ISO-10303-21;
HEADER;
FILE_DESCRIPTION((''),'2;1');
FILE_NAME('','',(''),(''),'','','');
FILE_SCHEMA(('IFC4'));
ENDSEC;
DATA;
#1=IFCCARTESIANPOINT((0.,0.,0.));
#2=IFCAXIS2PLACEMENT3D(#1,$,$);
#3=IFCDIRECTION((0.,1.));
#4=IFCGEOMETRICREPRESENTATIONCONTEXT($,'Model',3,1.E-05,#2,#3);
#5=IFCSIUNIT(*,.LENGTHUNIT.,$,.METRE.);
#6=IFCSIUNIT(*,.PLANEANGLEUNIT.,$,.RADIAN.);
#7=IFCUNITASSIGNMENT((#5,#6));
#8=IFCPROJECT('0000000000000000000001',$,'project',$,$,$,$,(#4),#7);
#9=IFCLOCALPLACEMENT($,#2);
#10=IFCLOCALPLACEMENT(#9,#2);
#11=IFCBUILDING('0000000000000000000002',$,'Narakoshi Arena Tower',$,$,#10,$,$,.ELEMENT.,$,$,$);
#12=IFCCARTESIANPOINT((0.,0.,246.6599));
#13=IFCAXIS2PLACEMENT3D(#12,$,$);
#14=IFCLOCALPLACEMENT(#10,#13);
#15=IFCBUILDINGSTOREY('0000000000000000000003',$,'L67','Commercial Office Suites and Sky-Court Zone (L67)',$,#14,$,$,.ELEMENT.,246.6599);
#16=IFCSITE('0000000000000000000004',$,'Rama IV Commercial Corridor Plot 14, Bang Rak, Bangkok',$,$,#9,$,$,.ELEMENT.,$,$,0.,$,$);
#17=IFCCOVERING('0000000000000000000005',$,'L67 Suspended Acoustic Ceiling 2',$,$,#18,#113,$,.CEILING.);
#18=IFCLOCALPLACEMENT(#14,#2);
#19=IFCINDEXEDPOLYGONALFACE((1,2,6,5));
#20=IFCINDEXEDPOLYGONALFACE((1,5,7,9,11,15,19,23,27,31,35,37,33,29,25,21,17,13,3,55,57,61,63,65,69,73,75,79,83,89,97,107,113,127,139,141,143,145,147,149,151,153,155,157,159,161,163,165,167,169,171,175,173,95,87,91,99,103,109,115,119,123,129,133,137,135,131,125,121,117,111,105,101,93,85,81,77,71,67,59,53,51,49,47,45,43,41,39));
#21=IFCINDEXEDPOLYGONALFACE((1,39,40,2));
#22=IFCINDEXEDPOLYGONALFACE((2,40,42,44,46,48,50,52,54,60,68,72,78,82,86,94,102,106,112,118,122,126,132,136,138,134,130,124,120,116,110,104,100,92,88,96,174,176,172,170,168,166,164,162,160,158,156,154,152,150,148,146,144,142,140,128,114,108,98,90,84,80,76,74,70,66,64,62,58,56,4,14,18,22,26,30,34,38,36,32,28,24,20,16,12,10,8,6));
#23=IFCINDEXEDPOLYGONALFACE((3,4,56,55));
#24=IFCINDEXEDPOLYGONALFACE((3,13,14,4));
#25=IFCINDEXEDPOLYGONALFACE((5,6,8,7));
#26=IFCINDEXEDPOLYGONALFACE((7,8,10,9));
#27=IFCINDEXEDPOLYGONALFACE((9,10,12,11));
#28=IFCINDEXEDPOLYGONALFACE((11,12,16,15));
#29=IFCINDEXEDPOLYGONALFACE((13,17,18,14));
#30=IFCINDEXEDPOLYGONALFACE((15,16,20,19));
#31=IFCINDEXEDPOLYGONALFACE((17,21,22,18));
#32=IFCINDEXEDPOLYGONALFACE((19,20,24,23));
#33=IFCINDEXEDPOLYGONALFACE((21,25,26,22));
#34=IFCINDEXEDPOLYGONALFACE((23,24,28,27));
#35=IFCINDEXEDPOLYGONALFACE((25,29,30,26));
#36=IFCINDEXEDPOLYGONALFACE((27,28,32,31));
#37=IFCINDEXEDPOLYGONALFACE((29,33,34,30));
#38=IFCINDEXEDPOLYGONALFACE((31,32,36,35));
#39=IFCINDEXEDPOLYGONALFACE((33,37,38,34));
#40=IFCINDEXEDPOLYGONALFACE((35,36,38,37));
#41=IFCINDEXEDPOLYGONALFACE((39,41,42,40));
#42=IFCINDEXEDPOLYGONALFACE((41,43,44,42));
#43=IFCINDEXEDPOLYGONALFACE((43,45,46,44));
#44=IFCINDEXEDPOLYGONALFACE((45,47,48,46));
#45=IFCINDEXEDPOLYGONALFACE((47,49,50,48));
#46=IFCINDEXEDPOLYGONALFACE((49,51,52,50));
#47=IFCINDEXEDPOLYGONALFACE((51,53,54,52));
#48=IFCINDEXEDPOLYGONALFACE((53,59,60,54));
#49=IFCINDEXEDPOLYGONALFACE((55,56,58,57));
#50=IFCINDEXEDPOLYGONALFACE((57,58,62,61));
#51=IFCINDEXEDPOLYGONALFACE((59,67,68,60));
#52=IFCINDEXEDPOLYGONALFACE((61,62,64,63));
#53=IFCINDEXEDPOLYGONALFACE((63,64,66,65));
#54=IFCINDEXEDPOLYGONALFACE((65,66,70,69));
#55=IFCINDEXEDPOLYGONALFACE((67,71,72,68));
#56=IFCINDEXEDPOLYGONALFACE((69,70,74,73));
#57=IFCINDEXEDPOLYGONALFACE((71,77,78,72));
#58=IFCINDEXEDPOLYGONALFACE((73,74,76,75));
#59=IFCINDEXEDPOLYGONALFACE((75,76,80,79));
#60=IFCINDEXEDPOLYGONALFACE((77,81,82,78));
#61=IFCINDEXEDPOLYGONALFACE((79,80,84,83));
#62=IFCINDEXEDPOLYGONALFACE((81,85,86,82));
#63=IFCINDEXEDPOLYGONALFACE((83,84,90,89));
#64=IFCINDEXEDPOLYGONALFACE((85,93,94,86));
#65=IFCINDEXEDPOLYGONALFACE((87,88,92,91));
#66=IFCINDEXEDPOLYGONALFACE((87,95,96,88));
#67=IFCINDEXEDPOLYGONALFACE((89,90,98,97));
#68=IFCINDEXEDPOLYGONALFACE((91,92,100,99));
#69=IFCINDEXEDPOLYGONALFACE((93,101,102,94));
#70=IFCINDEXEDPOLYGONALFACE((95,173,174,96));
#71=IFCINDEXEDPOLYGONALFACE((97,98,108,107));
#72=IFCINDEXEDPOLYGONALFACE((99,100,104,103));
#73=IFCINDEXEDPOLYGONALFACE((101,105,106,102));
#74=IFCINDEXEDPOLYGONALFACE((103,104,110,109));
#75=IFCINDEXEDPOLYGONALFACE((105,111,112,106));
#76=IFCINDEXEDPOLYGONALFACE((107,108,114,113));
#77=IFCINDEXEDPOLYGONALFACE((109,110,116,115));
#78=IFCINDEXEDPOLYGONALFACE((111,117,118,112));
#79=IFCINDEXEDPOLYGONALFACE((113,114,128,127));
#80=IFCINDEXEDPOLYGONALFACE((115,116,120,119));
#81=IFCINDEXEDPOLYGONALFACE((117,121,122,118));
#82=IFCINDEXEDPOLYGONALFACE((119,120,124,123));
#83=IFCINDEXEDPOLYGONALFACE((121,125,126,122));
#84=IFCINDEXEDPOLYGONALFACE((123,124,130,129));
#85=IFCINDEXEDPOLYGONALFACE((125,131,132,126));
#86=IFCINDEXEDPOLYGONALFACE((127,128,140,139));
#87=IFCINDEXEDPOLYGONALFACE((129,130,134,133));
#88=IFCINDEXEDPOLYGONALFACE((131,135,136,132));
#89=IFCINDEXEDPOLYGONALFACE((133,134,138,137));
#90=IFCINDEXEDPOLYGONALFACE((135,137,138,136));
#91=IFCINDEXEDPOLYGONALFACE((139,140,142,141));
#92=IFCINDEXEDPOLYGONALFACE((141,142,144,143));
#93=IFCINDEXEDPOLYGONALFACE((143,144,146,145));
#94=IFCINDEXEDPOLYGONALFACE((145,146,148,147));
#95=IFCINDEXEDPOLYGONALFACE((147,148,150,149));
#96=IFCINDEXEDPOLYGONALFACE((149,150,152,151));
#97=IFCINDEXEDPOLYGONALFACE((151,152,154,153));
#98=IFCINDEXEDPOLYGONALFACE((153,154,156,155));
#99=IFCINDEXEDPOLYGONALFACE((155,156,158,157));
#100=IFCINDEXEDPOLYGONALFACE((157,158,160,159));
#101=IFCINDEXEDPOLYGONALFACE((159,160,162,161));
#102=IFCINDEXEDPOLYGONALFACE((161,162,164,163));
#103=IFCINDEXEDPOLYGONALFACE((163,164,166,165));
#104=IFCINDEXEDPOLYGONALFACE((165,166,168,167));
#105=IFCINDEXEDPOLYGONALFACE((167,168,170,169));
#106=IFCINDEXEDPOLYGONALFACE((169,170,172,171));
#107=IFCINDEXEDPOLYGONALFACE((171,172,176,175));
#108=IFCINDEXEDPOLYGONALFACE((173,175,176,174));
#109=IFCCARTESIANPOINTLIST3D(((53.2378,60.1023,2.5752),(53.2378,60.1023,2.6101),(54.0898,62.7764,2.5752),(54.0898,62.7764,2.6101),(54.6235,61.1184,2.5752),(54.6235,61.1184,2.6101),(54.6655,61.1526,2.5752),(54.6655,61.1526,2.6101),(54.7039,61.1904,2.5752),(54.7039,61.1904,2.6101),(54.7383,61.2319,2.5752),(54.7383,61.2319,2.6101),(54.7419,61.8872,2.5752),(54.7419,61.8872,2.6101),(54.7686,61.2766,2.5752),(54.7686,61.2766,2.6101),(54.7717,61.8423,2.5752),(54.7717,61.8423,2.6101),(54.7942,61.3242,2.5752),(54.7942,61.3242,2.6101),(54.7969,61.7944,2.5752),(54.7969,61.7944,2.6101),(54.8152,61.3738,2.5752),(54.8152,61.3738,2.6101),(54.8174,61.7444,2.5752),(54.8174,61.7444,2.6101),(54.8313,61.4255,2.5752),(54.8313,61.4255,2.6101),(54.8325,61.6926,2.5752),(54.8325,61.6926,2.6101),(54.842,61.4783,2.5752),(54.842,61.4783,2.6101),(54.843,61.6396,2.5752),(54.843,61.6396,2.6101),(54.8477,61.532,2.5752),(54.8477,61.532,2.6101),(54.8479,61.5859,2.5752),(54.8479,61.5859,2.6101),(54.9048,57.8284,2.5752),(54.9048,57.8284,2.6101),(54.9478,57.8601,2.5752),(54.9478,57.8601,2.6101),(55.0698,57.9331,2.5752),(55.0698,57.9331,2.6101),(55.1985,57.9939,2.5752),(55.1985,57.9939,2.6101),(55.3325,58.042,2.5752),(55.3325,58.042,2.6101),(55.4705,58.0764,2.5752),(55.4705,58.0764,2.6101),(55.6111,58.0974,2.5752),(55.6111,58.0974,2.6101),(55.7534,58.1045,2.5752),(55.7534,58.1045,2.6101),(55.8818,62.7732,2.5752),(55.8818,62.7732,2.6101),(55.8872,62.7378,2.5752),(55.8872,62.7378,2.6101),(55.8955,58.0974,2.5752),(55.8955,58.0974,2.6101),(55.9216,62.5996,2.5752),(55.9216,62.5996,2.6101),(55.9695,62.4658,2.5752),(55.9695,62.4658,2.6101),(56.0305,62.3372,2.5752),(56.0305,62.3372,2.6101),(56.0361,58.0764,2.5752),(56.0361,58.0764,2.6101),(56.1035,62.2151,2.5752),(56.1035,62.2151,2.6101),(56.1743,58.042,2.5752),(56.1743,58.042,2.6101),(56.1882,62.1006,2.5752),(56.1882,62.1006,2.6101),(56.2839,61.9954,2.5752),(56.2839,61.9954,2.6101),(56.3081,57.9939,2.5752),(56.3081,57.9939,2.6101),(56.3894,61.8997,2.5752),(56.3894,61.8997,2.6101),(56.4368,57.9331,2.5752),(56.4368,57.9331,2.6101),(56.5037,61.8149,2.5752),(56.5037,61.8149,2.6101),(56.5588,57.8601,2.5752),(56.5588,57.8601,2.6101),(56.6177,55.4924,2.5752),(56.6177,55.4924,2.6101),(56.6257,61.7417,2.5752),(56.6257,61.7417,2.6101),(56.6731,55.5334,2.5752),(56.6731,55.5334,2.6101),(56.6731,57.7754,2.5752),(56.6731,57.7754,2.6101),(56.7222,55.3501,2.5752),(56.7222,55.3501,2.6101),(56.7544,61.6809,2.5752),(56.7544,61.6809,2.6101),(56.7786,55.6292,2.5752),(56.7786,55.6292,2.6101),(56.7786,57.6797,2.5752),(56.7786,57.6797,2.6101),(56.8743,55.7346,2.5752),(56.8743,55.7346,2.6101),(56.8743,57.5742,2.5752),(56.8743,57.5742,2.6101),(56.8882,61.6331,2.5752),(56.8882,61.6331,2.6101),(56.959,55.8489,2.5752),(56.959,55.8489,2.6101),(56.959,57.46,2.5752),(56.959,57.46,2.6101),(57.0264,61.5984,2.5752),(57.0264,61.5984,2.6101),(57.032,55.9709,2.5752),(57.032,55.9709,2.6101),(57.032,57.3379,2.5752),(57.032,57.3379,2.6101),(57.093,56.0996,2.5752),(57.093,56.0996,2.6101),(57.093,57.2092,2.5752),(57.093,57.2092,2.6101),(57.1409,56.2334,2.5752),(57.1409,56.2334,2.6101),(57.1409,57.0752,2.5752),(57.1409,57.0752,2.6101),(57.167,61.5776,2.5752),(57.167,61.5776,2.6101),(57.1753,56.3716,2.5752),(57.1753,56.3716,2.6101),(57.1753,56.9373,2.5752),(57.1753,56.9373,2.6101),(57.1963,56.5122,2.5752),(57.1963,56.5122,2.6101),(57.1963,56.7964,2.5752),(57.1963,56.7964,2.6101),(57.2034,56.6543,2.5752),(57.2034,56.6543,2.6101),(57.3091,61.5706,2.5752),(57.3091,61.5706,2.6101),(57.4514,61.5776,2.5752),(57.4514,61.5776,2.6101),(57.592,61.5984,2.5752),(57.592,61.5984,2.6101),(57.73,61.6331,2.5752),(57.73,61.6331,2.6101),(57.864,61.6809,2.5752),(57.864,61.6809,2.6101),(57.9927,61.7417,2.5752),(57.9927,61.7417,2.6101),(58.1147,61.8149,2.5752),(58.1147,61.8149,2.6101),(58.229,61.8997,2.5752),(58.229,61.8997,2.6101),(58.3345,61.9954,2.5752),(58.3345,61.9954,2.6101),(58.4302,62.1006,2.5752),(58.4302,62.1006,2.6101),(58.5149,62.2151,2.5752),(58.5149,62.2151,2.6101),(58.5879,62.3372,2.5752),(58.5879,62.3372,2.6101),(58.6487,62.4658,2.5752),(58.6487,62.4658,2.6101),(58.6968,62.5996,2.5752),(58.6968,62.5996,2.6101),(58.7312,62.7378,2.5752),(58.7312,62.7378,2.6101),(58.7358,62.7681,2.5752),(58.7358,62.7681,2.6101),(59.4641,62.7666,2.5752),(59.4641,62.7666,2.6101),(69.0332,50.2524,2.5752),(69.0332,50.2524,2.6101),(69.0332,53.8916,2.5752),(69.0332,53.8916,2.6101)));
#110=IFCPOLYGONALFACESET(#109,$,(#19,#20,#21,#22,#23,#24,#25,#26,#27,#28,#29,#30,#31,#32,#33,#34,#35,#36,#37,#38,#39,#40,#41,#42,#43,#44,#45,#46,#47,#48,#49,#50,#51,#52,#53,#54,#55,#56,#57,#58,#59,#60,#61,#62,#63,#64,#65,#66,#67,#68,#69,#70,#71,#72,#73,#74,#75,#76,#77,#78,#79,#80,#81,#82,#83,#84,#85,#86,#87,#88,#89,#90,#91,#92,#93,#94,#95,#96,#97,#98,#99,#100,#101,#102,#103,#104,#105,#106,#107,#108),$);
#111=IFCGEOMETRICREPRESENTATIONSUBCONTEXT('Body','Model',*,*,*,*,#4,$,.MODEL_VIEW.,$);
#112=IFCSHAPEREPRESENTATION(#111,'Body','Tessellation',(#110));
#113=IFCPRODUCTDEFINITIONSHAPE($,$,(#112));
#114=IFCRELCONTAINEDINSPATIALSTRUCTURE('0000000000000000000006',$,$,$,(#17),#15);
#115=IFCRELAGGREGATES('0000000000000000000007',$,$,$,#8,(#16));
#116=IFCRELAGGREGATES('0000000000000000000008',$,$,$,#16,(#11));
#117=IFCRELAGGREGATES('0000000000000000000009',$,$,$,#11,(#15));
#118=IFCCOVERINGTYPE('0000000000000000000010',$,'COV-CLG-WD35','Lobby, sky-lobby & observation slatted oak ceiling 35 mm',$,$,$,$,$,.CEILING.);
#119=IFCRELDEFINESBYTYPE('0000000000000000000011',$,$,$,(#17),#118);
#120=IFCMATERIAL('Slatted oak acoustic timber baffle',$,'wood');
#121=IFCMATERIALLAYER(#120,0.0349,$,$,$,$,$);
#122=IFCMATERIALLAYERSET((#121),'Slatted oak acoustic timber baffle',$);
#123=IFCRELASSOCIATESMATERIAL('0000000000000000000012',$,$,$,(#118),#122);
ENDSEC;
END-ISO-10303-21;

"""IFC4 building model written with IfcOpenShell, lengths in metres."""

from ifc_helpers import new_model, si_unit, direction, frame, origin, place, context, subcontext, project, spatial, polyline, outline, extrude, material, layer, layer_set, type_object, element, save


model = new_model("IFC4")

# Units and contexts
model_context = context("Model", 3, precision=1e-05, world=origin(), true_north=direction((0.0, 1.0)))
body_context = subcontext(model_context, "Body", "Model", "MODEL_VIEW")
ifc_project = project(units=[si_unit("LENGTHUNIT", "METRE"), si_unit("PLANEANGLEUNIT", "RADIAN")], contexts=[model_context])

# Site, building, storey
site_placement = place(None, origin())
site = spatial("IfcSite", under=ifc_project, at=site_placement, Name="Rama IV Commercial Corridor Plot 14, Bang Rak, Bangkok", CompositionType="ELEMENT", RefElevation=0.0)
building_placement = place(site_placement, origin())
building = spatial("IfcBuilding", under=site, at=building_placement, Name="Narakoshi Arena Tower", CompositionType="ELEMENT")
storey_placement = place(building_placement, frame((0.0, 0.0, 246.6599)))
storey = spatial("IfcBuildingStorey", under=building, at=storey_placement, Name="L67", Description="Commercial Office Suites and Sky-Court Zone (L67)", CompositionType="ELEMENT", Elevation=246.6599)

# Covering
ifc_material_1 = material(Name="Slatted oak acoustic timber baffle", Category="wood")
ifc_layer_1 = layer(ifc_material_1, 0.0349)
ifc_layer_set_1 = layer_set([ifc_layer_1], Name="Slatted oak acoustic timber baffle")
covering_type_1 = type_object("IfcCoveringType", Name="COV-CLG-WD35", Description="Lobby, sky-lobby & observation slatted oak ceiling 35 mm", PredefinedType="CEILING", material=ifc_layer_set_1)
covering_1_placement = place(storey_placement, frame((0.0, 0.0, 2.5752)))
element("IfcCovering", 1, at=covering_1_placement, inside=storey, type_object=covering_type_1, Name="L67 Suspended Acoustic Ceiling 2", PredefinedType="CEILING", context=body_context, shape_type="SweptSolid", body=[
    extrude(outline(polyline([(69.0332, 53.8916), (69.0332, 50.2524), (56.7222, 55.3501), (56.6177, 55.4924), (56.6731, 55.5334), (56.7786, 55.6292), (56.8743, 55.7346), (56.959, 55.8489), (57.032, 55.9709), (57.093, 56.0996), (57.1409, 56.2334), (57.1753, 56.3716), (57.1963, 56.5122), (57.2034, 56.6543), (57.1963, 56.7964), (57.1753, 56.9373), (57.1409, 57.0752), (57.093, 57.2092), (57.032, 57.3379), (56.959, 57.46), (56.8743, 57.5742), (56.7786, 57.6797), (56.6731, 57.7754), (56.5588, 57.8601), (56.4368, 57.9331), (56.3081, 57.9939), (56.1743, 58.042), (56.0361, 58.0764), (55.8955, 58.0974), (55.7534, 58.1045), (55.6111, 58.0974), (55.4705, 58.0764), (55.3325, 58.042), (55.1985, 57.9939), (55.0698, 57.9331), (54.9478, 57.8601), (54.9048, 57.8284), (53.2378, 60.1023), (54.6235, 61.1184), (54.6655, 61.1526), (54.7039, 61.1904), (54.7383, 61.2319), (54.7686, 61.2766), (54.7942, 61.3242), (54.8152, 61.3738), (54.8313, 61.4255), (54.842, 61.4783), (54.8477, 61.532), (54.8479, 61.5859), (54.843, 61.6396), (54.8325, 61.6926), (54.8174, 61.7444), (54.7969, 61.7944), (54.7717, 61.8423), (54.7419, 61.8872), (54.0898, 62.7764), (55.8818, 62.7732), (55.8872, 62.7378), (55.9216, 62.5996), (55.9695, 62.4658), (56.0305, 62.3372), (56.1035, 62.2151), (56.1882, 62.1006), (56.2839, 61.9954), (56.3894, 61.8997), (56.5037, 61.8149), (56.6257, 61.7417), (56.7544, 61.6809), (56.8882, 61.6331), (57.0264, 61.5984), (57.167, 61.5776), (57.3091, 61.5706), (57.4514, 61.5776), (57.592, 61.5984), (57.73, 61.6331), (57.864, 61.6809), (57.9927, 61.7417), (58.1147, 61.8149), (58.229, 61.8997), (58.3345, 61.9954), (58.4302, 62.1006), (58.5149, 62.2151), (58.5879, 62.3372), (58.6487, 62.4658), (58.6968, 62.5996), (58.7312, 62.7378), (58.7358, 62.7681), (59.4641, 62.7666), (69.0332, 53.8916)])), origin(), (0.0, 0.0, 1.0), 0.0349),
])

save(model, "model.ifc")
